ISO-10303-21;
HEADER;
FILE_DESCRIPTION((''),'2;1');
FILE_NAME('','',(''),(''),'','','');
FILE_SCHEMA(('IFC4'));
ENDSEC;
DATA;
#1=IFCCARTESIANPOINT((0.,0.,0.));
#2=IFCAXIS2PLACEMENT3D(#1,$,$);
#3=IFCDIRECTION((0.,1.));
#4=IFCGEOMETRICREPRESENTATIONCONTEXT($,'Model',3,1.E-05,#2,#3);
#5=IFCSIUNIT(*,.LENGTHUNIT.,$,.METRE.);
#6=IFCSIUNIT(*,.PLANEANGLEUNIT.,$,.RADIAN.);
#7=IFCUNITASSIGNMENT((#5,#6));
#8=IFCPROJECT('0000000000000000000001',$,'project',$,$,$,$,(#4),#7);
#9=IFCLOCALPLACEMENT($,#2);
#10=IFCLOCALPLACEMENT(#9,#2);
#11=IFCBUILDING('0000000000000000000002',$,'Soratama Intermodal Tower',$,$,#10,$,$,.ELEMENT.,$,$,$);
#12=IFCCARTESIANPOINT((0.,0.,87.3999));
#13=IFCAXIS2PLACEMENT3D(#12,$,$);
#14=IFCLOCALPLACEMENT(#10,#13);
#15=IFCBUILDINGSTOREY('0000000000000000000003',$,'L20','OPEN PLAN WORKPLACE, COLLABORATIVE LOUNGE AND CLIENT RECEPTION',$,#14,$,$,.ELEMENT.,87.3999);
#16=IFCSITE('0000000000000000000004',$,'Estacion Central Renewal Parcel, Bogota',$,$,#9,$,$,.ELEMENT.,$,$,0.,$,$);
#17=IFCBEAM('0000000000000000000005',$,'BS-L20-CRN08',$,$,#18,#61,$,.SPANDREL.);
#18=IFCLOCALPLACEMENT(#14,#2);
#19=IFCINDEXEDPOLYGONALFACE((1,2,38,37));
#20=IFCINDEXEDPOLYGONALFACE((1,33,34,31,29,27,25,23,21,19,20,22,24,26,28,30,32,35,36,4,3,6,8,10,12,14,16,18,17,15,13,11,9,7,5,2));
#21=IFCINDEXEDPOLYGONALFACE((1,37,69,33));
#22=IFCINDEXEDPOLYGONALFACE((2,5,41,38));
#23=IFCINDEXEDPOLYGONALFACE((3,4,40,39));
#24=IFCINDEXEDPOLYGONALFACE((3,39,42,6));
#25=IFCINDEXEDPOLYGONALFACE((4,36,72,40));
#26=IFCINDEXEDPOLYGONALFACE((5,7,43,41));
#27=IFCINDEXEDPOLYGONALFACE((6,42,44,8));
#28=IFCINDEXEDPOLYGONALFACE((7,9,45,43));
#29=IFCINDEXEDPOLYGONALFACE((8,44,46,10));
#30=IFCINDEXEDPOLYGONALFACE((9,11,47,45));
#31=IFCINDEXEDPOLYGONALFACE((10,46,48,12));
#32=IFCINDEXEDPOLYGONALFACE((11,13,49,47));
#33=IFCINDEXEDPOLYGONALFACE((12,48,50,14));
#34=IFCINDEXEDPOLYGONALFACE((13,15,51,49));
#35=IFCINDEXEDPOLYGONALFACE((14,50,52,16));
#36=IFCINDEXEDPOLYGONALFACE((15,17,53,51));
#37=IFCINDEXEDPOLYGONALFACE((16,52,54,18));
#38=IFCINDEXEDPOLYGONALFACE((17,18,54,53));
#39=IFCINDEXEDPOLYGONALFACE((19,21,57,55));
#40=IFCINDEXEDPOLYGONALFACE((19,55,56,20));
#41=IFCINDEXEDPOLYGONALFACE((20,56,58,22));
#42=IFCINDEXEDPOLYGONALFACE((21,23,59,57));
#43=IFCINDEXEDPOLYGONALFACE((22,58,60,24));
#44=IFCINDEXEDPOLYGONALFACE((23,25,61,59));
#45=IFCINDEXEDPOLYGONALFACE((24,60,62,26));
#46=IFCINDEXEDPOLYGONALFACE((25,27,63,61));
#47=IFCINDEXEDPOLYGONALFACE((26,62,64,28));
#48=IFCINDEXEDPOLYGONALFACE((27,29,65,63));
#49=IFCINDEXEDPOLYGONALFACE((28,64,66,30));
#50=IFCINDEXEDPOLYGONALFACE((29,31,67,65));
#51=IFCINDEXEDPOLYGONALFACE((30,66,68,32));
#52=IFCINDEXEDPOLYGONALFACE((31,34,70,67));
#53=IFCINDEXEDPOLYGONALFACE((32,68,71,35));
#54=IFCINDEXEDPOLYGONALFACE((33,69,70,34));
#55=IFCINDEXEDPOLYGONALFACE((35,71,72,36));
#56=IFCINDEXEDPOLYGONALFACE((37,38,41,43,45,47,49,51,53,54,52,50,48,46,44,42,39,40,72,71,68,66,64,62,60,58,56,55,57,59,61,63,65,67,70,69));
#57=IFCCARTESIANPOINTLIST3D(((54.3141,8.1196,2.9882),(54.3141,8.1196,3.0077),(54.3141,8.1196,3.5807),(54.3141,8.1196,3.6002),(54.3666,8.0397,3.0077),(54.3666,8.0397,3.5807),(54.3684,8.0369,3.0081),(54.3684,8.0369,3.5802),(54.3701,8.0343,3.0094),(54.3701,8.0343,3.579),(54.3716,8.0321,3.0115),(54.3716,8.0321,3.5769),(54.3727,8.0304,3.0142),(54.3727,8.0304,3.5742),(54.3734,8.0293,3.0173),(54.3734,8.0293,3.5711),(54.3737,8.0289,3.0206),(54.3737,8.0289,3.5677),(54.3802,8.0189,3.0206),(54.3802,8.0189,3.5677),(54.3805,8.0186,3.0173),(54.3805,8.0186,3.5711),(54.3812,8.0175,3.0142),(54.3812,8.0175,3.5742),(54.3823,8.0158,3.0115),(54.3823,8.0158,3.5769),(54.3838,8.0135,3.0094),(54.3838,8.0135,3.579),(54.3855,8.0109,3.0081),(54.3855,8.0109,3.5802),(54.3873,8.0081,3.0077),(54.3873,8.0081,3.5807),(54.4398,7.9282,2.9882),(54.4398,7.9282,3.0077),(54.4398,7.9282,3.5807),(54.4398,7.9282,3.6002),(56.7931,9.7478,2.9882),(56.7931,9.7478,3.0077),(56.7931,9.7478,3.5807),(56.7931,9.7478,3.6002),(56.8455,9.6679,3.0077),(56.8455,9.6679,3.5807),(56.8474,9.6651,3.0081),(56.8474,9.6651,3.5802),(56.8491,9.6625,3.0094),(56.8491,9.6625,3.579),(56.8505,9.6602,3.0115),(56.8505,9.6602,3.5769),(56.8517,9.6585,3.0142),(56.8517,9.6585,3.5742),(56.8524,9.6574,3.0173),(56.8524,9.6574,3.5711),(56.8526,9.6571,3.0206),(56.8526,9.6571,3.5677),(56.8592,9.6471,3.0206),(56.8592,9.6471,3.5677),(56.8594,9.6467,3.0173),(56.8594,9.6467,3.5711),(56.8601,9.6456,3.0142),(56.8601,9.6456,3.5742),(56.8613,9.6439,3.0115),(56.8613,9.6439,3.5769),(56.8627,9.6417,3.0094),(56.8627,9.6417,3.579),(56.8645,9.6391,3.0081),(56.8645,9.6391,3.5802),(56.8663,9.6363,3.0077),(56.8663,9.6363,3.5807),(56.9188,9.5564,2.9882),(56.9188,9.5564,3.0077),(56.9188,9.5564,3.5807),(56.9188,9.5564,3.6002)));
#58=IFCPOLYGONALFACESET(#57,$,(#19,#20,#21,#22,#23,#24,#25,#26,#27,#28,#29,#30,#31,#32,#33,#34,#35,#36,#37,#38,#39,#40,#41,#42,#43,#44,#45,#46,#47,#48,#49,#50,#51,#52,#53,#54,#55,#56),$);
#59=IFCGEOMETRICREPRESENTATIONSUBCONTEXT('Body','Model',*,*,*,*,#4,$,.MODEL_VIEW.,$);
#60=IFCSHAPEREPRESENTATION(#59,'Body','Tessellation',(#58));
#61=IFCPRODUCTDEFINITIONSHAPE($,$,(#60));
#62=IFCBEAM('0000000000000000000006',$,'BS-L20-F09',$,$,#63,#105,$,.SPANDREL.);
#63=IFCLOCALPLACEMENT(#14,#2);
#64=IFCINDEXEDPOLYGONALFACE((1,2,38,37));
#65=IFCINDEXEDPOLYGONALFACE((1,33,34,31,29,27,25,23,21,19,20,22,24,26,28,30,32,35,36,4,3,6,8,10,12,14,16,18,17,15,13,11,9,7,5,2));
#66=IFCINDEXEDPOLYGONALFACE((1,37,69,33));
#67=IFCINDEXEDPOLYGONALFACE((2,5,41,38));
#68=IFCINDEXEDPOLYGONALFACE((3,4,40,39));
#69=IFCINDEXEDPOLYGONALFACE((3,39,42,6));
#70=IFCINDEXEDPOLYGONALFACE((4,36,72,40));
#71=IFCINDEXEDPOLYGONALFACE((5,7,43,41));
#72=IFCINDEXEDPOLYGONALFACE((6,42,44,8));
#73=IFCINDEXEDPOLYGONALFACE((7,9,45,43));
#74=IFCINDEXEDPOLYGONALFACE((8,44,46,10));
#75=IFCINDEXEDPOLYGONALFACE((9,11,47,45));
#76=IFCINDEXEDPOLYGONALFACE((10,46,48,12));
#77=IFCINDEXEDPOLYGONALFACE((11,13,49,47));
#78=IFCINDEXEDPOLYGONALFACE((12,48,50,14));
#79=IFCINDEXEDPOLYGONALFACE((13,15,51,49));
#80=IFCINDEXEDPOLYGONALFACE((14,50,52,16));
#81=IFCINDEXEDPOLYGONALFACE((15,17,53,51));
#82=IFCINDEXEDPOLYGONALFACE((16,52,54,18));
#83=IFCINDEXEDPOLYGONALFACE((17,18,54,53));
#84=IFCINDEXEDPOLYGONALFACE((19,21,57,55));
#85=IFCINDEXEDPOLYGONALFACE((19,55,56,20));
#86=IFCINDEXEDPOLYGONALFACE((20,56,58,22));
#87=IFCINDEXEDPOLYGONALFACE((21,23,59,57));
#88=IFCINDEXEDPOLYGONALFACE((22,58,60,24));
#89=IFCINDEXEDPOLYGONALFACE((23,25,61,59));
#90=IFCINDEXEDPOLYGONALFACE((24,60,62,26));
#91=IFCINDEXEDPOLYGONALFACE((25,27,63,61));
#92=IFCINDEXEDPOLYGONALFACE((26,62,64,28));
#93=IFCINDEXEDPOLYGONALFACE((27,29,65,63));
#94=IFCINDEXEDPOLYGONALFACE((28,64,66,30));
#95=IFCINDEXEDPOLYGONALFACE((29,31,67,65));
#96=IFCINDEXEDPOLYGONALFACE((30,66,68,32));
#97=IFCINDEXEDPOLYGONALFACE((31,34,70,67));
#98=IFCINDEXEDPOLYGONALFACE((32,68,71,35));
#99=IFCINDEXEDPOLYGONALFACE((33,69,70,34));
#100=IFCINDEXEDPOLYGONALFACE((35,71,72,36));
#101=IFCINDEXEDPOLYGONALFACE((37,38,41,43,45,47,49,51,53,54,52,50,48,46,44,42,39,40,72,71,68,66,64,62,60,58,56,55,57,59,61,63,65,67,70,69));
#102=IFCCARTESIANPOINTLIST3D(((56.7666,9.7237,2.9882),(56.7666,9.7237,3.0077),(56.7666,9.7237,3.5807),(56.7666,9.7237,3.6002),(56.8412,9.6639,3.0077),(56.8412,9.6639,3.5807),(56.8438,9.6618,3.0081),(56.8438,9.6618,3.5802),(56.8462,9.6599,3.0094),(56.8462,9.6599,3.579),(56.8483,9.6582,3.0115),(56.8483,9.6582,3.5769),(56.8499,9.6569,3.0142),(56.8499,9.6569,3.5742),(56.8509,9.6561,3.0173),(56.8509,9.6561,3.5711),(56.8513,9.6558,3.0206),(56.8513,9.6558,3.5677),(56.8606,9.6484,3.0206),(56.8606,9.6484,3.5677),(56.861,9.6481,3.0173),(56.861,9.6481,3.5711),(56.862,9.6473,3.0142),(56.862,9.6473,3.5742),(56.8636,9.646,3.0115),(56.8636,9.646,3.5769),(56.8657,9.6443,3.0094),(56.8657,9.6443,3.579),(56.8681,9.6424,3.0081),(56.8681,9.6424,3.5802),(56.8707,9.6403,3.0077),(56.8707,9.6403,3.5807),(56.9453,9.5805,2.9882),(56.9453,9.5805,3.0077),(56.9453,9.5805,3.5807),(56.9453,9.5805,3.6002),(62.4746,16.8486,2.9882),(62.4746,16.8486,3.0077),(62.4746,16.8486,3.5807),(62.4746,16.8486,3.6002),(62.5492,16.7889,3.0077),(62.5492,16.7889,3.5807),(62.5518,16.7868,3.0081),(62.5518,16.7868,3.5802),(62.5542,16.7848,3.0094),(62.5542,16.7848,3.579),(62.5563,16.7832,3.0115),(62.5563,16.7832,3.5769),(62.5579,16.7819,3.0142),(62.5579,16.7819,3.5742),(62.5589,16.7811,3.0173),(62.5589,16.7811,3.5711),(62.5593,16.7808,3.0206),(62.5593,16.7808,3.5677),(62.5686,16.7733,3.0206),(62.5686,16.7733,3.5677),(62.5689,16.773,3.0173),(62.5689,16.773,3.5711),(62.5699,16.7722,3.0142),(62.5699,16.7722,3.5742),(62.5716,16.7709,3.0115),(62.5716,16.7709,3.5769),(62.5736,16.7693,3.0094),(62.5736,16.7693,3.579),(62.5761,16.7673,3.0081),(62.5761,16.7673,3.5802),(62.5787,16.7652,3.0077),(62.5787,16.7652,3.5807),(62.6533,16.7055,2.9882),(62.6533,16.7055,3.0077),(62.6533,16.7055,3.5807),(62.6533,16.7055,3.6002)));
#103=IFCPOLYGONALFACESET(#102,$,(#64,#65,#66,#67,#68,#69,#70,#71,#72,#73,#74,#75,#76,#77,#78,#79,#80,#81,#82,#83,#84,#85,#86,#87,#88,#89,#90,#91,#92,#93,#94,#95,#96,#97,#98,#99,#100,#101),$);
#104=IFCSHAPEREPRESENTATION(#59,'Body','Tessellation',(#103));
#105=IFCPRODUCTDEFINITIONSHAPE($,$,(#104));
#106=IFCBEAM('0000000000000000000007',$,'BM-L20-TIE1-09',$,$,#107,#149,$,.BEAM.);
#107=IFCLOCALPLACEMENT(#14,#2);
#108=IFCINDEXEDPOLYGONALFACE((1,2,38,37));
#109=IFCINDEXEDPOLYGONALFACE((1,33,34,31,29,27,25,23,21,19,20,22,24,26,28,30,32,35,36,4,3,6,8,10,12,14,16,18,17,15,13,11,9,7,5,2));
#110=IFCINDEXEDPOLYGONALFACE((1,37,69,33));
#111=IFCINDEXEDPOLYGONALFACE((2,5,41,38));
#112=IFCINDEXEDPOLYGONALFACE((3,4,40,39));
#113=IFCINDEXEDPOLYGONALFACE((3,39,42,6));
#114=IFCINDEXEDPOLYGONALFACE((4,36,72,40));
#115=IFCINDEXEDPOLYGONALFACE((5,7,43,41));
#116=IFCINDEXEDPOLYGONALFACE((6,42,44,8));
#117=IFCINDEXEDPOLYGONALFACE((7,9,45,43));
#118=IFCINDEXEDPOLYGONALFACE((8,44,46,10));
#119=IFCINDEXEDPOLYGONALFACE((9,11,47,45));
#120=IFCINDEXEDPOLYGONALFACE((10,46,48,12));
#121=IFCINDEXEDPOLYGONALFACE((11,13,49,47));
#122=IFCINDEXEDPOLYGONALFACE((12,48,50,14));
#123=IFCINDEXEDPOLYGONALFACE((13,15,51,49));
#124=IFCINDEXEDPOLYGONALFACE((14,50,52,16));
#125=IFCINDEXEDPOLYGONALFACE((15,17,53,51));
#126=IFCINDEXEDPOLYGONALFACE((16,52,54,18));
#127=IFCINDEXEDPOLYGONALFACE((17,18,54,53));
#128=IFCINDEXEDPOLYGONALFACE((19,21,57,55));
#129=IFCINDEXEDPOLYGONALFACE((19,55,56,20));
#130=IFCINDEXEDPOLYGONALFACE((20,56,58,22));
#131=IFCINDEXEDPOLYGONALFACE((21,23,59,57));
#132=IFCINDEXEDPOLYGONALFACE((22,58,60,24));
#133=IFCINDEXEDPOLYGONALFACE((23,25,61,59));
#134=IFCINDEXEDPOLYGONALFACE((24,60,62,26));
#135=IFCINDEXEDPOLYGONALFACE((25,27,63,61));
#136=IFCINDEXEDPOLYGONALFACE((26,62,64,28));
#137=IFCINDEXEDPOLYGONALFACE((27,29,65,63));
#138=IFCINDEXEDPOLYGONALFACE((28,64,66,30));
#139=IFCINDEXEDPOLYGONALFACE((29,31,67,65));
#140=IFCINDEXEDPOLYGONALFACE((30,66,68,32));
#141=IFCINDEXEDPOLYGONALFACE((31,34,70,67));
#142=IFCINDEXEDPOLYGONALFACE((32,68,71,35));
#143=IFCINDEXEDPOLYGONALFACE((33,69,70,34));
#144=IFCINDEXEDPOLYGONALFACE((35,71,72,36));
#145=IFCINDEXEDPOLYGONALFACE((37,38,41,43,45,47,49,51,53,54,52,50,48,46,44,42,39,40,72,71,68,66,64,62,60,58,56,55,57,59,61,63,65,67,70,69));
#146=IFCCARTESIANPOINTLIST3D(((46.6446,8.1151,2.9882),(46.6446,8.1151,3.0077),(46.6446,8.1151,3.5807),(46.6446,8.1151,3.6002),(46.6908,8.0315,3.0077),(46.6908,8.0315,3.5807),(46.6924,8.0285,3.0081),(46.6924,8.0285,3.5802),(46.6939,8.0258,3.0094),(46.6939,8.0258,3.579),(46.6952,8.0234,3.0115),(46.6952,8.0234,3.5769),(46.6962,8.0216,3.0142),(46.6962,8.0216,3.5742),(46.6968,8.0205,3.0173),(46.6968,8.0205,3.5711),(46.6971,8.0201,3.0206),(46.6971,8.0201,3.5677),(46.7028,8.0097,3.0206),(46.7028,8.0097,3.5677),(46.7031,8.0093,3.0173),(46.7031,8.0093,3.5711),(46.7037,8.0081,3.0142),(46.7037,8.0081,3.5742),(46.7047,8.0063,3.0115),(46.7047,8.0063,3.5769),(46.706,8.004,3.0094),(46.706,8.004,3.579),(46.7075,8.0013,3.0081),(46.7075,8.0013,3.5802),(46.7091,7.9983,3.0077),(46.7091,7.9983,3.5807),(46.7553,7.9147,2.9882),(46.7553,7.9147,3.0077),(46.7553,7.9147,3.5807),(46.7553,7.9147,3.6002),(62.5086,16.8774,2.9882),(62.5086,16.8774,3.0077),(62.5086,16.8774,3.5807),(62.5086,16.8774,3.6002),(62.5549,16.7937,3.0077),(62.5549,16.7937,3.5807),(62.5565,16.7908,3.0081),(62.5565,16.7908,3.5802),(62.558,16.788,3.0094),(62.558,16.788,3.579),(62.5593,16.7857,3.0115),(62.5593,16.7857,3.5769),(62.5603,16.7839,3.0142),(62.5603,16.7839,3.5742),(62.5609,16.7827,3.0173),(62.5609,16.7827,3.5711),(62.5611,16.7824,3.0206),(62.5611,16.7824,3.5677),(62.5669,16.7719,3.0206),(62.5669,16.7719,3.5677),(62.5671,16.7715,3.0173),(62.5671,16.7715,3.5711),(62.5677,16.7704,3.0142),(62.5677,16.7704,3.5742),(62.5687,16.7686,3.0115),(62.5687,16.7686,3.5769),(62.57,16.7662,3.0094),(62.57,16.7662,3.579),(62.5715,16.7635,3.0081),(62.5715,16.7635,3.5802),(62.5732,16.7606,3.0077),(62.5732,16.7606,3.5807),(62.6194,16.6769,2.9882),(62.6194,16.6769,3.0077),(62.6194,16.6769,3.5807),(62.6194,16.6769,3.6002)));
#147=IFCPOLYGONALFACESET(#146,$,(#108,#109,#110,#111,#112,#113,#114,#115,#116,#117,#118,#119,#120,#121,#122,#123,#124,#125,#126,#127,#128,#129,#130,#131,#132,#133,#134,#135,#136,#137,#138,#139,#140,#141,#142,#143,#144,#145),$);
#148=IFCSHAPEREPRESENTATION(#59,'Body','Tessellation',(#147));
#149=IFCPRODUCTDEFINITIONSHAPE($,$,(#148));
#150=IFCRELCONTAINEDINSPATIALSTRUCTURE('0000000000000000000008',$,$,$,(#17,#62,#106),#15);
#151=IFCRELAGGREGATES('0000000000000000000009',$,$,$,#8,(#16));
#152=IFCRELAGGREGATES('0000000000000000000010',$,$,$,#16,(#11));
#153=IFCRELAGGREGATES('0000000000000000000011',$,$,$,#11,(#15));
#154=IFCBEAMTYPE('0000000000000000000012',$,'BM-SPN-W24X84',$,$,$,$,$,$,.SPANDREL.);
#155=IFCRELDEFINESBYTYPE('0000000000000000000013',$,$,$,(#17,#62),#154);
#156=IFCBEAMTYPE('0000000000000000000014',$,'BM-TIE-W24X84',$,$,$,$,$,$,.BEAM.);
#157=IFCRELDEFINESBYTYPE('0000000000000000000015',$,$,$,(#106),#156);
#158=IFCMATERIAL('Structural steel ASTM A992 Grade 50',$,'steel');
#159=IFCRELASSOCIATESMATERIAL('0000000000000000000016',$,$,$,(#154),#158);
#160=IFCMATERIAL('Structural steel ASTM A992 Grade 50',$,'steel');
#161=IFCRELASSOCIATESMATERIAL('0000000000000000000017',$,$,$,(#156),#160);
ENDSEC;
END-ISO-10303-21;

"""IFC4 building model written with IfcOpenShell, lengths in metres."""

from ifc_helpers import new_model, si_unit, direction, frame, origin, origin_2d, place, context, subcontext, project, spatial, i_section, extrude, material, material_profile, profile_set, type_object, element, save


model = new_model("IFC4")

# Units and contexts
model_context = context("Model", 3, precision=1e-05, world=origin(), true_north=direction((0.0, 1.0)))
body_context = subcontext(model_context, "Body", "Model", "MODEL_VIEW")
ifc_project = project(units=[si_unit("LENGTHUNIT", "METRE"), si_unit("PLANEANGLEUNIT", "RADIAN")], contexts=[model_context])

# Site, building, storey
site_placement = place(None, origin())
site = spatial("IfcSite", under=ifc_project, at=site_placement, Name="Estacion Central Renewal Parcel, Bogota", CompositionType="ELEMENT", RefElevation=0.0)
building_placement = place(site_placement, origin())
building = spatial("IfcBuilding", under=site, at=building_placement, Name="Soratama Intermodal Tower", CompositionType="ELEMENT")
storey_placement = place(building_placement, frame((0.0, 0.0, 87.3999)))
storey = spatial("IfcBuildingStorey", under=building, at=storey_placement, Name="L20", Description="OPEN PLAN WORKPLACE, COLLABORATIVE LOUNGE AND CLIENT RECEPTION", CompositionType="ELEMENT", Elevation=87.3999)

# Beams
ifc_material_1 = material(Name="Structural steel ASTM A992 Grade 50", Category="steel")
ifc_material_profile_1 = material_profile(ifc_material_1, i_section(OverallWidth=0.229, OverallDepth=0.6121, WebThickness=0.012, FlangeThickness=0.0195, FilletRadius=0.0129, at=origin_2d()), Name="W24X84")
ifc_profile_set_1 = profile_set([ifc_material_profile_1], Name="Structural steel ASTM A992 Grade 50")
beam_type_1 = type_object("IfcBeamType", Name="BM-SPN-W24X84", PredefinedType="SPANDREL", material=ifc_profile_set_1)
beam_1_placement = place(storey_placement, frame((54.377, 8.0239, 3.2942), z_axis=(0.835843, 0.548969, 0.0), x_axis=(-0.548969, 0.835843, 0.0)))
element("IfcBeam", 1, at=beam_1_placement, inside=storey, type_object=beam_type_1, Name="BS-L20-CRN08", PredefinedType="SPANDREL", context=body_context, shape_type="SweptSolid", body=[
    extrude(i_section(OverallWidth=0.229, OverallDepth=0.6121, WebThickness=0.012, FlangeThickness=0.0195, FilletRadius=0.0129, at=origin_2d()), origin(), (0.0, 0.0, 1.0), 2.9658),
])
beam_2_placement = place(storey_placement, frame((56.856, 9.6521, 3.2942), z_axis=(0.62523, 0.780441, 0.0), x_axis=(-0.780441, 0.62523, 0.0)))
element("IfcBeam", 2, at=beam_2_placement, inside=storey, type_object=beam_type_1, Name="BS-L20-F09", PredefinedType="SPANDREL", context=body_context, shape_type="SweptSolid", body=[
    extrude(i_section(OverallWidth=0.229, OverallDepth=0.6121, WebThickness=0.012, FlangeThickness=0.0195, FilletRadius=0.0129, at=origin_2d()), origin(), (0.0, 0.0, 1.0), 9.1294),
])
ifc_material_2 = material(Name="Structural steel ASTM A992 Grade 50", Category="steel")
ifc_material_profile_2 = material_profile(ifc_material_2, i_section(OverallWidth=0.229, OverallDepth=0.6121, WebThickness=0.012, FlangeThickness=0.0195, FilletRadius=0.0129, at=origin_2d()), Name="W24X84")
ifc_profile_set_2 = profile_set([ifc_material_profile_2], Name="Structural steel ASTM A992 Grade 50")
beam_type_2 = type_object("IfcBeamType", Name="BM-TIE-W24X84", PredefinedType="BEAM", material=ifc_profile_set_2)
beam_3_placement = place(storey_placement, frame((46.7, 8.0149, 3.2942), z_axis=(0.875352, 0.483485, 0.0), x_axis=(-0.483485, 0.875352, 0.0)))
element("IfcBeam", 3, at=beam_3_placement, inside=storey, type_object=beam_type_2, Name="BM-L20-TIE1-09", PredefinedType="BEAM", context=body_context, shape_type="SweptSolid", body=[
    extrude(i_section(OverallWidth=0.229, OverallDepth=0.6121, WebThickness=0.012, FlangeThickness=0.0195, FilletRadius=0.0129, at=origin_2d()), origin(), (0.0, 0.0, 1.0), 18.123),
])

save(model, "model.ifc")
